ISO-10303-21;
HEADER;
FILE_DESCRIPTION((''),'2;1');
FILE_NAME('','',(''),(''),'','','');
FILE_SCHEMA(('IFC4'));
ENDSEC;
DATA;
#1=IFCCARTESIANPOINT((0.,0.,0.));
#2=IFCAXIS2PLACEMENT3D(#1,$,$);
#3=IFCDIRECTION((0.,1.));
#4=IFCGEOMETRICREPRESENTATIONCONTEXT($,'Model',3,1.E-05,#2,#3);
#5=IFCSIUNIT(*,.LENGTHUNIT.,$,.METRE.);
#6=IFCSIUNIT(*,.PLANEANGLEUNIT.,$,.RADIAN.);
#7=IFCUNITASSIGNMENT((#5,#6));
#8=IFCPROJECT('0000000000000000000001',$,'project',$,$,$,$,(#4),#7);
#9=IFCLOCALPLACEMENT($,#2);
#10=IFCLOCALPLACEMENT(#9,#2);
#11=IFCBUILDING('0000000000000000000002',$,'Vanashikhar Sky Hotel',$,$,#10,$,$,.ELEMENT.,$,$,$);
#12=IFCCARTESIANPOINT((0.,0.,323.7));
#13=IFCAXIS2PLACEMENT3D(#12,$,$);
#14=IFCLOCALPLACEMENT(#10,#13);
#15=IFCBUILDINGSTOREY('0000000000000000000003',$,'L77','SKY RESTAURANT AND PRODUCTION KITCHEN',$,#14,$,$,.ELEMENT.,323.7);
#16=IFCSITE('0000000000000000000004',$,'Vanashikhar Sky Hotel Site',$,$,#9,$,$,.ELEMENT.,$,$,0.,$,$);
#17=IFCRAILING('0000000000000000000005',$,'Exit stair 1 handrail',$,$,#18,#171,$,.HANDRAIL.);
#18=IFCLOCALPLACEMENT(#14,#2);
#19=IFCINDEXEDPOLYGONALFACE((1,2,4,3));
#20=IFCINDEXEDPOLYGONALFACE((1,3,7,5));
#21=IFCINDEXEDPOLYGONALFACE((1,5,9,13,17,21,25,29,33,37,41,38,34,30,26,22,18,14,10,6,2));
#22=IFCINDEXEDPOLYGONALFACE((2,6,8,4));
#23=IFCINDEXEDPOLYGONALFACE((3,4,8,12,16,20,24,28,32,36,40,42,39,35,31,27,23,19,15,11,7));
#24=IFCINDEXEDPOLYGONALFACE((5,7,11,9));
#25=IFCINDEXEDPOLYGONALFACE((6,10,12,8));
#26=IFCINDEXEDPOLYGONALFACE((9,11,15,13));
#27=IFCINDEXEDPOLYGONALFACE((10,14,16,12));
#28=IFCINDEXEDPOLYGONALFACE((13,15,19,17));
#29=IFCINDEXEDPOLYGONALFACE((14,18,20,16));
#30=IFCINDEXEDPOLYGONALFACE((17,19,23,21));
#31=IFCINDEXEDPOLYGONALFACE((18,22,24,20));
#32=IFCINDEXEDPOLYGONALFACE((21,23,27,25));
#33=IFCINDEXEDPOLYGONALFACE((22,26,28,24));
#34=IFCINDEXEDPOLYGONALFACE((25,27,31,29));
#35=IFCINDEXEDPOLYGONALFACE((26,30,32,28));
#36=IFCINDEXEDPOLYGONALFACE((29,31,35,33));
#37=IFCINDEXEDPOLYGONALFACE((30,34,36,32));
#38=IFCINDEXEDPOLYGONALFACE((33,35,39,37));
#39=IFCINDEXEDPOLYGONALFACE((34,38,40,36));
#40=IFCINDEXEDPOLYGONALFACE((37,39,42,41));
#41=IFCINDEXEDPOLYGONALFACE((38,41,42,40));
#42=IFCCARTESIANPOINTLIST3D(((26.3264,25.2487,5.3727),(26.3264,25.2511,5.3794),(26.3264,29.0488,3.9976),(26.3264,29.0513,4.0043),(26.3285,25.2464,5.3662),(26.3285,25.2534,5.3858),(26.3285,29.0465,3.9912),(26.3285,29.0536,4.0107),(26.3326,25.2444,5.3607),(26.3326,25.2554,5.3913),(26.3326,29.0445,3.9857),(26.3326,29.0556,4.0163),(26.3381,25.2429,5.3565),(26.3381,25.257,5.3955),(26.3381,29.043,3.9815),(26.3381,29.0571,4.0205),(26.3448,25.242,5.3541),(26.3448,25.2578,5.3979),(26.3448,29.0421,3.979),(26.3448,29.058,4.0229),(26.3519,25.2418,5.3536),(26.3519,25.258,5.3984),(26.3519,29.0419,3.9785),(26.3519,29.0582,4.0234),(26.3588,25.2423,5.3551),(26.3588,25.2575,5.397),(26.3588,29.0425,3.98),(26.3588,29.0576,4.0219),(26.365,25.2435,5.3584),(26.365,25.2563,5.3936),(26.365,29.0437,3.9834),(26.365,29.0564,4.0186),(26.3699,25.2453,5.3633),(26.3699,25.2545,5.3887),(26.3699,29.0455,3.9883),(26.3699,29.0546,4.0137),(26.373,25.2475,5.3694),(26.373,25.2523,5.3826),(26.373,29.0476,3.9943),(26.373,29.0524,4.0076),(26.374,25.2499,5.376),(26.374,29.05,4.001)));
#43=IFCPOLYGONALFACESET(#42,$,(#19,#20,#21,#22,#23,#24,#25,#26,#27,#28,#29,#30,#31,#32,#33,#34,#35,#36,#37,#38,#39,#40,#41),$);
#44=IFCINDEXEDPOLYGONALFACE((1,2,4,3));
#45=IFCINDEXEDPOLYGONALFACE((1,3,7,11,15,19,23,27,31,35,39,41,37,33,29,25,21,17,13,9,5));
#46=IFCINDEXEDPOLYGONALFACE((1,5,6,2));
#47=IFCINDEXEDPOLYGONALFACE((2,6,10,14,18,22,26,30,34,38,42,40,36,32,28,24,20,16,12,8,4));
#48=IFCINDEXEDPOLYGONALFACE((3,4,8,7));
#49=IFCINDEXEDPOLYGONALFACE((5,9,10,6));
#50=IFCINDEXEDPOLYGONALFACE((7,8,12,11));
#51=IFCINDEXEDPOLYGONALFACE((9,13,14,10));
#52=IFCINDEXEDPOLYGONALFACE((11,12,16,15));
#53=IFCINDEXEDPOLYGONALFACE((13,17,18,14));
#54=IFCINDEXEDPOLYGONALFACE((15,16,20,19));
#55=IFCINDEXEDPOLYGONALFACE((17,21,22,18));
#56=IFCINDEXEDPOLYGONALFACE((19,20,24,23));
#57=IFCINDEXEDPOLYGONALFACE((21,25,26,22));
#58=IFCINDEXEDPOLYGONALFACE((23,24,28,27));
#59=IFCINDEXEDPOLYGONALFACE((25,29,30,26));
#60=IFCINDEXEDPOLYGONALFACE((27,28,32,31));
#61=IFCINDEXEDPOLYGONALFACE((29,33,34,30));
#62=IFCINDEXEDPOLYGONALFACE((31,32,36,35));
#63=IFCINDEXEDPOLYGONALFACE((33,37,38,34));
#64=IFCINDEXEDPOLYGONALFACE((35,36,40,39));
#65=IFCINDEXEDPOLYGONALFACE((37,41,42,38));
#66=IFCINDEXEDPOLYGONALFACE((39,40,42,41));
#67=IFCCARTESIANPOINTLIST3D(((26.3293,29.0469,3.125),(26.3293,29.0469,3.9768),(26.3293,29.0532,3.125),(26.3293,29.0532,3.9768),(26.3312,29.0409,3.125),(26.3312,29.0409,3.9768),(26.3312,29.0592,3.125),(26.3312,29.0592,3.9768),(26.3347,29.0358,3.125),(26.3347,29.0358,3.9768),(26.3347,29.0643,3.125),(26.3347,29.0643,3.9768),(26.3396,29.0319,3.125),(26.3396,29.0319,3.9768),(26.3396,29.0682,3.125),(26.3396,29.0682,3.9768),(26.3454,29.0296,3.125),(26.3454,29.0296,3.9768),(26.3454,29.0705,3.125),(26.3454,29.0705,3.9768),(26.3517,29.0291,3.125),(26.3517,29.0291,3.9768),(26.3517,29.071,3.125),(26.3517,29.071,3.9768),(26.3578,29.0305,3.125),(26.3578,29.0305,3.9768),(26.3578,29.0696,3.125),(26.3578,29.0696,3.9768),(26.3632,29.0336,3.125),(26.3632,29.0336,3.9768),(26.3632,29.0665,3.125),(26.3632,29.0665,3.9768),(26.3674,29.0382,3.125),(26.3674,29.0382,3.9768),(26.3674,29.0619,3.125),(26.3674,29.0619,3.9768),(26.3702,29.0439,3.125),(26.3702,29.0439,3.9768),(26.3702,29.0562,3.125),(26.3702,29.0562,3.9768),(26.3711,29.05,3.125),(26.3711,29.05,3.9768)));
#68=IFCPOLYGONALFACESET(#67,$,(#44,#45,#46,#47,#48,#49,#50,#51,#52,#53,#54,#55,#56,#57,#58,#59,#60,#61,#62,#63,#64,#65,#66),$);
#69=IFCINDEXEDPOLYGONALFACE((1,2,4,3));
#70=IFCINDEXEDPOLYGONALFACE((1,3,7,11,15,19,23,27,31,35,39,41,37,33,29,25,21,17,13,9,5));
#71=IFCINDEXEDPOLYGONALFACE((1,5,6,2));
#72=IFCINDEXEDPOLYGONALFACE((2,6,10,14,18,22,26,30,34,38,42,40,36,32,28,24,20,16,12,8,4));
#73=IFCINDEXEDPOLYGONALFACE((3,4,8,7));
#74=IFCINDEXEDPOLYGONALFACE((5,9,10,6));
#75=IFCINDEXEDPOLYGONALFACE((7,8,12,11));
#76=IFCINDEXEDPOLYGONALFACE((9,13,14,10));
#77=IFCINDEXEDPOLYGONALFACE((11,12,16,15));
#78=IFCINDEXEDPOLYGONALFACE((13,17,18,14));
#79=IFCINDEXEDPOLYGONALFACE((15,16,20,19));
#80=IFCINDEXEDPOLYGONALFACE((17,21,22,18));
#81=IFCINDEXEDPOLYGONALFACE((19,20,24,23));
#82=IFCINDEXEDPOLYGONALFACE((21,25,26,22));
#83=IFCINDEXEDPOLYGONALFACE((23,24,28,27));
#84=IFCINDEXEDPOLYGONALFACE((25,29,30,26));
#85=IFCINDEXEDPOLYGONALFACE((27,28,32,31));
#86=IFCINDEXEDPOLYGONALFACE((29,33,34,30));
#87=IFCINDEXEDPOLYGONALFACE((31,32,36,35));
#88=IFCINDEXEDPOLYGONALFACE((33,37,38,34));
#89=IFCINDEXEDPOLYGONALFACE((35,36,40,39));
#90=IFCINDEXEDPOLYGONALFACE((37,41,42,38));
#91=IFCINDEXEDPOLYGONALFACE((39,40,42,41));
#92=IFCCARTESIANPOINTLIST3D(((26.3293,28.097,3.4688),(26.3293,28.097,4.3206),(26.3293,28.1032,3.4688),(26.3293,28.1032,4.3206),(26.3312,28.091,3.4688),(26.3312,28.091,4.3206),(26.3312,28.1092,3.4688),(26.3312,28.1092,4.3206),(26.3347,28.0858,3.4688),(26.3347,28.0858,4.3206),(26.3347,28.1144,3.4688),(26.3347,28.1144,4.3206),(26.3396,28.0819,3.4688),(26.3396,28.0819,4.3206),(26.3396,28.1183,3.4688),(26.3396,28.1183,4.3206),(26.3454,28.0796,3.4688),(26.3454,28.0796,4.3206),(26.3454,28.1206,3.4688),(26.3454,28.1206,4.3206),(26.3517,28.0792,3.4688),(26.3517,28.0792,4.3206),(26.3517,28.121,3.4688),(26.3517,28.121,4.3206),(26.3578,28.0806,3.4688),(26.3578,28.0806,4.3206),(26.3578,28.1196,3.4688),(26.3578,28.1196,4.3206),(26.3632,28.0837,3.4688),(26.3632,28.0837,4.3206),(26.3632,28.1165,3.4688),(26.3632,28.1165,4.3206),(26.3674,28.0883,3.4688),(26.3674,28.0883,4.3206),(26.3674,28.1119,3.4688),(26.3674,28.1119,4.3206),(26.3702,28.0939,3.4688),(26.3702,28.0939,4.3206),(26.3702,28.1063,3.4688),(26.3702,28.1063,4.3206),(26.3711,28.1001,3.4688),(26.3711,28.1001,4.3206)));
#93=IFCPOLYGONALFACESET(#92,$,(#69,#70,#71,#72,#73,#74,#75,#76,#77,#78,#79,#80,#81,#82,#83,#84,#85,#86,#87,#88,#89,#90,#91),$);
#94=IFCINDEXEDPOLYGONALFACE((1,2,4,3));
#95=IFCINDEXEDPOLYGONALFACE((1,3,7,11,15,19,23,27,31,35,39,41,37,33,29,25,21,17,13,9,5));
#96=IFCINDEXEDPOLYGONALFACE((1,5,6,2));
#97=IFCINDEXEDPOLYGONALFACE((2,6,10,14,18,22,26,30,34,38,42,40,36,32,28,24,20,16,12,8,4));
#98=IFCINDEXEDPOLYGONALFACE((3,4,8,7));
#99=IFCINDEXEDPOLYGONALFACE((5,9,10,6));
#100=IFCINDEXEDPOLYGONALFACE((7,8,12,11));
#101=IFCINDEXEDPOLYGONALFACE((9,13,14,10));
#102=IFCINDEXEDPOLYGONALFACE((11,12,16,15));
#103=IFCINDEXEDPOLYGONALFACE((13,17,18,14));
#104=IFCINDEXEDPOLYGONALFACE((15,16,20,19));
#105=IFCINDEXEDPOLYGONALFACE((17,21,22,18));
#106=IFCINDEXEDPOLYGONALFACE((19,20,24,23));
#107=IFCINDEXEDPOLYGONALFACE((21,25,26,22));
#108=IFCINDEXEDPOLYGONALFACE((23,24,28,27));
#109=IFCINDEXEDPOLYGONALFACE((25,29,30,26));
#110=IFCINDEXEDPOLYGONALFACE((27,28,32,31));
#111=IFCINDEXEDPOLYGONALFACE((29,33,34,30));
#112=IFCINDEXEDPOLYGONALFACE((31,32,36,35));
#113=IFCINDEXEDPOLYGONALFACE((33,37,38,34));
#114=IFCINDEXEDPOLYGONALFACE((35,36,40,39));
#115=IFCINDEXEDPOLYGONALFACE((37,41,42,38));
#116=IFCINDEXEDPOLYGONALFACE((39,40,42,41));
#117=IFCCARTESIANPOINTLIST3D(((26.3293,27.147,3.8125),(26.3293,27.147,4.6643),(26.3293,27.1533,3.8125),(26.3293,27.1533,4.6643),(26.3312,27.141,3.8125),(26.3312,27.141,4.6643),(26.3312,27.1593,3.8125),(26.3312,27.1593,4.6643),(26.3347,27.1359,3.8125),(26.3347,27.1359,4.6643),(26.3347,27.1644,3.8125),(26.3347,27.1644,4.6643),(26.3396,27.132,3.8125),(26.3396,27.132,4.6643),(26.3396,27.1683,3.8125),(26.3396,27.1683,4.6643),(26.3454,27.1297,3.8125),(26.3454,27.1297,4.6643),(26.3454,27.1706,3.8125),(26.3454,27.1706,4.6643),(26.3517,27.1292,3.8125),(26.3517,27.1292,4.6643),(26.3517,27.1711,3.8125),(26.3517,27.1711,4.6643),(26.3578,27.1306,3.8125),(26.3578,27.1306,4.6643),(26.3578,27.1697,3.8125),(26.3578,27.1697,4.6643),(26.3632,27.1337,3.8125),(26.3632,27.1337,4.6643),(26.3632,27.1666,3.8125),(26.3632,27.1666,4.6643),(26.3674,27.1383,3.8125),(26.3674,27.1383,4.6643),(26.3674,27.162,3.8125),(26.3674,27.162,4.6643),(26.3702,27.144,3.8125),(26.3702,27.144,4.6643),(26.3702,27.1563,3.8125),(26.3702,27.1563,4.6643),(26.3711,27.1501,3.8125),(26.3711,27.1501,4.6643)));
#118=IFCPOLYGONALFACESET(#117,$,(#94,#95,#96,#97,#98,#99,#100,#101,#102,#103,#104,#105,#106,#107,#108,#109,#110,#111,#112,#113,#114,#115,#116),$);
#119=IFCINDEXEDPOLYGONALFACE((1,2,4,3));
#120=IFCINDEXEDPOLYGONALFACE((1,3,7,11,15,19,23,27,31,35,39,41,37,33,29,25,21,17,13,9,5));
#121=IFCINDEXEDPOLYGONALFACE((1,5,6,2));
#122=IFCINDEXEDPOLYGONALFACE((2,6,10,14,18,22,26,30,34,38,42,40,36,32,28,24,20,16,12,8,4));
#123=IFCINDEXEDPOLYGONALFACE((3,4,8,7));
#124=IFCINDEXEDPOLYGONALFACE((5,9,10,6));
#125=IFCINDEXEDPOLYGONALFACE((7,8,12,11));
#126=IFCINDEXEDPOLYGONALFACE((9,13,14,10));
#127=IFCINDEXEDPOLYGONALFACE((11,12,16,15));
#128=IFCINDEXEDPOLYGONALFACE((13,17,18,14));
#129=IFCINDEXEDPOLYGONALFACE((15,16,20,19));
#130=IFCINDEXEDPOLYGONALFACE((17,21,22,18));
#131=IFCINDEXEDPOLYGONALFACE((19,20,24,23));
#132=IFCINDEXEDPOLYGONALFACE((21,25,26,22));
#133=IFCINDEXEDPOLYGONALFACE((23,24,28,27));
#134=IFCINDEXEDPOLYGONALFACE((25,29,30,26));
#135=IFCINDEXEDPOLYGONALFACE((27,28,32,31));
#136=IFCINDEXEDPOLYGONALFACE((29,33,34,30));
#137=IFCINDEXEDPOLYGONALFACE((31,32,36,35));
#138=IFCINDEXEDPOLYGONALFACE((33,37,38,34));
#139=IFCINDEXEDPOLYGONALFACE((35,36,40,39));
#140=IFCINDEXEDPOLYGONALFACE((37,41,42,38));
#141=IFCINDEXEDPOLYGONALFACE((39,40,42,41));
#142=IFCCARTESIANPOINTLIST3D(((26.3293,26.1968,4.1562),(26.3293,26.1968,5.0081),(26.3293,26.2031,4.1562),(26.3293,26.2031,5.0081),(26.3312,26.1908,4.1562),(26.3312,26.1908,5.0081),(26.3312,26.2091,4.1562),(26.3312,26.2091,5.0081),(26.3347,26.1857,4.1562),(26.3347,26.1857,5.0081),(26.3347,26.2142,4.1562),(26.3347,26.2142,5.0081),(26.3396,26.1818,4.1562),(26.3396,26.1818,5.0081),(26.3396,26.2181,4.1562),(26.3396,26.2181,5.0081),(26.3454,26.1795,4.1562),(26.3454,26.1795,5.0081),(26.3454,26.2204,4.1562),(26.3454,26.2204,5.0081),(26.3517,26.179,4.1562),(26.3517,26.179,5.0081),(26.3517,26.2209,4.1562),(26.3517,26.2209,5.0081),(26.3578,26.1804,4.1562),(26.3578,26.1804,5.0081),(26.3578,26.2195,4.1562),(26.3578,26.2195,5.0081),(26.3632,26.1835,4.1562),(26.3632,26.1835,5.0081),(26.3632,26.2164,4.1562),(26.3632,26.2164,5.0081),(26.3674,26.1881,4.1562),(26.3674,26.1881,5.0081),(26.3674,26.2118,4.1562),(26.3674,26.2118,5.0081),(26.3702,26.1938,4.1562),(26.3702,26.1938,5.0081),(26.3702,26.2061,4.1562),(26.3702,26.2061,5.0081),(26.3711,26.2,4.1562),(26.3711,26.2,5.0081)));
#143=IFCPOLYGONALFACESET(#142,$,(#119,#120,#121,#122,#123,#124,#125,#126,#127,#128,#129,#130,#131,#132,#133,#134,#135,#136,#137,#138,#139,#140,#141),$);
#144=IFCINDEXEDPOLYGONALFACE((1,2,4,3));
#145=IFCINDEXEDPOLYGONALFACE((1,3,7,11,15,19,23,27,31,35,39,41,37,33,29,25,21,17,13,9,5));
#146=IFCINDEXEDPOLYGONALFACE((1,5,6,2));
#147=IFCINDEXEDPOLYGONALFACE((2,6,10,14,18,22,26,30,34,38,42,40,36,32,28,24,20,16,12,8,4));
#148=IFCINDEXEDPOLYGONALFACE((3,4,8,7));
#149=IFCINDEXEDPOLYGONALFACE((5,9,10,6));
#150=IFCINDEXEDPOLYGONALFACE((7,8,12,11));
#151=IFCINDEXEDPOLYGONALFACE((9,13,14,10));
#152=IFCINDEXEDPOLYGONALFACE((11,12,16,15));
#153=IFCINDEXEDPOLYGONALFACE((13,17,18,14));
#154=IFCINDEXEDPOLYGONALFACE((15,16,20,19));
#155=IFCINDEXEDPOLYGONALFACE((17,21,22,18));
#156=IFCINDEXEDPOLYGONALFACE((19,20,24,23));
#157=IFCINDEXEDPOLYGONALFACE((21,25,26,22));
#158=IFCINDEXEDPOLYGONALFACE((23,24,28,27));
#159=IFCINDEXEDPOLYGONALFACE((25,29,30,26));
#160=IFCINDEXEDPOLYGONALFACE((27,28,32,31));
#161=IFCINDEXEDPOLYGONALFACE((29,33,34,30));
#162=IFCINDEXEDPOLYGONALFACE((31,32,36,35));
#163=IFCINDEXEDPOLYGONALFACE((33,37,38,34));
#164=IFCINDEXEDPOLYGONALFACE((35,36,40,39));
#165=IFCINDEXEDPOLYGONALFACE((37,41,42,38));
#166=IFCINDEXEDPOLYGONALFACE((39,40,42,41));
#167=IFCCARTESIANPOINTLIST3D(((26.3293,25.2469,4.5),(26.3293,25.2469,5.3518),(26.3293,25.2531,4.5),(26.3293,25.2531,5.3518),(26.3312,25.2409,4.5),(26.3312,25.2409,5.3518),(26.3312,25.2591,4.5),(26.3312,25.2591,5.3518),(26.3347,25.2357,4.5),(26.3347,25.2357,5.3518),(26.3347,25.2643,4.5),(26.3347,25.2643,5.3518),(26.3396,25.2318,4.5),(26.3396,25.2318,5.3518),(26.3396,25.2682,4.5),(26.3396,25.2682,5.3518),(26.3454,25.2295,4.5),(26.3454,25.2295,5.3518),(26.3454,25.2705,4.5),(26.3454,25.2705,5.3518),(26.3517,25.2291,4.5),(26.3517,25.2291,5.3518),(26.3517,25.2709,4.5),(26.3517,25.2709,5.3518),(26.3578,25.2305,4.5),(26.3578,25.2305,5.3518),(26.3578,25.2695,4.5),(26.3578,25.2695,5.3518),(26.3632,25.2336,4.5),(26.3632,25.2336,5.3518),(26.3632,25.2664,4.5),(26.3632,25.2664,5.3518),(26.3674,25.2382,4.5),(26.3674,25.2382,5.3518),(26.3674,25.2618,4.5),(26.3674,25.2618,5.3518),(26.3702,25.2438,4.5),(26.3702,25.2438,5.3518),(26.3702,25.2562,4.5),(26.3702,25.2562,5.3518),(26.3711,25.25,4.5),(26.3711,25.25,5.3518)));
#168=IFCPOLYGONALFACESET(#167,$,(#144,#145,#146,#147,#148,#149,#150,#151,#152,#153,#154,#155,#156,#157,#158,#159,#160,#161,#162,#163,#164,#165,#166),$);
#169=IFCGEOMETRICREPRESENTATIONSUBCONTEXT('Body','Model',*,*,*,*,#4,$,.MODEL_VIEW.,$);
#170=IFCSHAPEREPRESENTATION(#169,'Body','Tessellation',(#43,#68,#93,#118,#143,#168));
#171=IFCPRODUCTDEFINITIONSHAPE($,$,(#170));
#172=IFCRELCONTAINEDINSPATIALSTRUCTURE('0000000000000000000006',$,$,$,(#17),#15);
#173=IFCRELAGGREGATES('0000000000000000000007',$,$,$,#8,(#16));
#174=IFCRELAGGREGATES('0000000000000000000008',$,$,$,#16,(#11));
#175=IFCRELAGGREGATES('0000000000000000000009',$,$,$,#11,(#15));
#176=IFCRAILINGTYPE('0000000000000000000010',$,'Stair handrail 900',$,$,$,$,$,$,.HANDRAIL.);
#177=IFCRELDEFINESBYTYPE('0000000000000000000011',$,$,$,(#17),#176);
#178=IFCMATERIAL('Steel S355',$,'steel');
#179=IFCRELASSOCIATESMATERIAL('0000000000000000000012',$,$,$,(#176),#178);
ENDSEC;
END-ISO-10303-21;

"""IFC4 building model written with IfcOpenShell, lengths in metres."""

from ifc_helpers import new_model, si_unit, direction, frame, origin, origin_2d, place, context, subcontext, project, spatial, circle, extrude, source, transform, mapped, material, type_object, element, save


model = new_model("IFC4")

# Units and contexts
model_context = context("Model", 3, precision=1e-05, world=origin(), true_north=direction((0.0, 1.0)))
body_context = subcontext(model_context, "Body", "Model", "MODEL_VIEW")
ifc_project = project(units=[si_unit("LENGTHUNIT", "METRE"), si_unit("PLANEANGLEUNIT", "RADIAN")], contexts=[model_context])

# Site, building, storey
site_placement = place(None, origin())
site = spatial("IfcSite", under=ifc_project, at=site_placement, Name="Vanashikhar Sky Hotel Site", CompositionType="ELEMENT", RefElevation=0.0)
building_placement = place(site_placement, origin())
building = spatial("IfcBuilding", under=site, at=building_placement, Name="Vanashikhar Sky Hotel", CompositionType="ELEMENT")
storey_placement = place(building_placement, frame((0.0, 0.0, 323.7)))
storey = spatial("IfcBuildingStorey", under=building, at=storey_placement, Name="L77", Description="SKY RESTAURANT AND PRODUCTION KITCHEN", CompositionType="ELEMENT", Elevation=323.7)

# Railing
ifc_material_1 = material(Name="Steel S355", Category="steel")
railing_type_1 = type_object("IfcRailingType", Name="Stair handrail 900", PredefinedType="HANDRAIL", material=ifc_material_1)
shared_shape_1 = source(origin(), body_context, "Body", "SweptSolid", [
    extrude(circle(Radius=0.0239, at=origin_2d()), frame((0.0, 0.0, 0.876), z_axis=(0.0, -0.940336, 0.340249), x_axis=(1.0, 0.0, 0.0)), (0.0, 0.0, 1.0), 4.0413),
    extrude(circle(Radius=0.021, at=origin_2d()), origin(), (0.0, 0.0, 1.0), 0.8518),
    extrude(circle(Radius=0.021, at=origin_2d()), frame((0.0, -0.95, 0.3438)), (0.0, 0.0, 1.0), 0.8518),
    extrude(circle(Radius=0.021, at=origin_2d()), frame((0.0, -1.8999, 0.6875)), (0.0, 0.0, 1.0), 0.8518),
    extrude(circle(Radius=0.021, at=origin_2d()), frame((0.0, -2.8501, 1.0312)), (0.0, 0.0, 1.0), 0.8518),
    extrude(circle(Radius=0.021, at=origin_2d()), frame((0.0, -3.8, 1.375)), (0.0, 0.0, 1.0), 0.8518),
])
for number, where, name in (
    (1, (26.3501, 29.05, 3.125), "Exit stair 1 handrail"),
):
    element("IfcRailing", number, at=place(storey_placement, frame(where)), inside=storey, type_object=railing_type_1, Name=name, PredefinedType="HANDRAIL", context=body_context, shape_type="MappedRepresentation", body=[
        mapped(shared_shape_1, transform((0.0, 0.0, 0.0), scale=1.0)),
    ])

save(model, "model.ifc")
